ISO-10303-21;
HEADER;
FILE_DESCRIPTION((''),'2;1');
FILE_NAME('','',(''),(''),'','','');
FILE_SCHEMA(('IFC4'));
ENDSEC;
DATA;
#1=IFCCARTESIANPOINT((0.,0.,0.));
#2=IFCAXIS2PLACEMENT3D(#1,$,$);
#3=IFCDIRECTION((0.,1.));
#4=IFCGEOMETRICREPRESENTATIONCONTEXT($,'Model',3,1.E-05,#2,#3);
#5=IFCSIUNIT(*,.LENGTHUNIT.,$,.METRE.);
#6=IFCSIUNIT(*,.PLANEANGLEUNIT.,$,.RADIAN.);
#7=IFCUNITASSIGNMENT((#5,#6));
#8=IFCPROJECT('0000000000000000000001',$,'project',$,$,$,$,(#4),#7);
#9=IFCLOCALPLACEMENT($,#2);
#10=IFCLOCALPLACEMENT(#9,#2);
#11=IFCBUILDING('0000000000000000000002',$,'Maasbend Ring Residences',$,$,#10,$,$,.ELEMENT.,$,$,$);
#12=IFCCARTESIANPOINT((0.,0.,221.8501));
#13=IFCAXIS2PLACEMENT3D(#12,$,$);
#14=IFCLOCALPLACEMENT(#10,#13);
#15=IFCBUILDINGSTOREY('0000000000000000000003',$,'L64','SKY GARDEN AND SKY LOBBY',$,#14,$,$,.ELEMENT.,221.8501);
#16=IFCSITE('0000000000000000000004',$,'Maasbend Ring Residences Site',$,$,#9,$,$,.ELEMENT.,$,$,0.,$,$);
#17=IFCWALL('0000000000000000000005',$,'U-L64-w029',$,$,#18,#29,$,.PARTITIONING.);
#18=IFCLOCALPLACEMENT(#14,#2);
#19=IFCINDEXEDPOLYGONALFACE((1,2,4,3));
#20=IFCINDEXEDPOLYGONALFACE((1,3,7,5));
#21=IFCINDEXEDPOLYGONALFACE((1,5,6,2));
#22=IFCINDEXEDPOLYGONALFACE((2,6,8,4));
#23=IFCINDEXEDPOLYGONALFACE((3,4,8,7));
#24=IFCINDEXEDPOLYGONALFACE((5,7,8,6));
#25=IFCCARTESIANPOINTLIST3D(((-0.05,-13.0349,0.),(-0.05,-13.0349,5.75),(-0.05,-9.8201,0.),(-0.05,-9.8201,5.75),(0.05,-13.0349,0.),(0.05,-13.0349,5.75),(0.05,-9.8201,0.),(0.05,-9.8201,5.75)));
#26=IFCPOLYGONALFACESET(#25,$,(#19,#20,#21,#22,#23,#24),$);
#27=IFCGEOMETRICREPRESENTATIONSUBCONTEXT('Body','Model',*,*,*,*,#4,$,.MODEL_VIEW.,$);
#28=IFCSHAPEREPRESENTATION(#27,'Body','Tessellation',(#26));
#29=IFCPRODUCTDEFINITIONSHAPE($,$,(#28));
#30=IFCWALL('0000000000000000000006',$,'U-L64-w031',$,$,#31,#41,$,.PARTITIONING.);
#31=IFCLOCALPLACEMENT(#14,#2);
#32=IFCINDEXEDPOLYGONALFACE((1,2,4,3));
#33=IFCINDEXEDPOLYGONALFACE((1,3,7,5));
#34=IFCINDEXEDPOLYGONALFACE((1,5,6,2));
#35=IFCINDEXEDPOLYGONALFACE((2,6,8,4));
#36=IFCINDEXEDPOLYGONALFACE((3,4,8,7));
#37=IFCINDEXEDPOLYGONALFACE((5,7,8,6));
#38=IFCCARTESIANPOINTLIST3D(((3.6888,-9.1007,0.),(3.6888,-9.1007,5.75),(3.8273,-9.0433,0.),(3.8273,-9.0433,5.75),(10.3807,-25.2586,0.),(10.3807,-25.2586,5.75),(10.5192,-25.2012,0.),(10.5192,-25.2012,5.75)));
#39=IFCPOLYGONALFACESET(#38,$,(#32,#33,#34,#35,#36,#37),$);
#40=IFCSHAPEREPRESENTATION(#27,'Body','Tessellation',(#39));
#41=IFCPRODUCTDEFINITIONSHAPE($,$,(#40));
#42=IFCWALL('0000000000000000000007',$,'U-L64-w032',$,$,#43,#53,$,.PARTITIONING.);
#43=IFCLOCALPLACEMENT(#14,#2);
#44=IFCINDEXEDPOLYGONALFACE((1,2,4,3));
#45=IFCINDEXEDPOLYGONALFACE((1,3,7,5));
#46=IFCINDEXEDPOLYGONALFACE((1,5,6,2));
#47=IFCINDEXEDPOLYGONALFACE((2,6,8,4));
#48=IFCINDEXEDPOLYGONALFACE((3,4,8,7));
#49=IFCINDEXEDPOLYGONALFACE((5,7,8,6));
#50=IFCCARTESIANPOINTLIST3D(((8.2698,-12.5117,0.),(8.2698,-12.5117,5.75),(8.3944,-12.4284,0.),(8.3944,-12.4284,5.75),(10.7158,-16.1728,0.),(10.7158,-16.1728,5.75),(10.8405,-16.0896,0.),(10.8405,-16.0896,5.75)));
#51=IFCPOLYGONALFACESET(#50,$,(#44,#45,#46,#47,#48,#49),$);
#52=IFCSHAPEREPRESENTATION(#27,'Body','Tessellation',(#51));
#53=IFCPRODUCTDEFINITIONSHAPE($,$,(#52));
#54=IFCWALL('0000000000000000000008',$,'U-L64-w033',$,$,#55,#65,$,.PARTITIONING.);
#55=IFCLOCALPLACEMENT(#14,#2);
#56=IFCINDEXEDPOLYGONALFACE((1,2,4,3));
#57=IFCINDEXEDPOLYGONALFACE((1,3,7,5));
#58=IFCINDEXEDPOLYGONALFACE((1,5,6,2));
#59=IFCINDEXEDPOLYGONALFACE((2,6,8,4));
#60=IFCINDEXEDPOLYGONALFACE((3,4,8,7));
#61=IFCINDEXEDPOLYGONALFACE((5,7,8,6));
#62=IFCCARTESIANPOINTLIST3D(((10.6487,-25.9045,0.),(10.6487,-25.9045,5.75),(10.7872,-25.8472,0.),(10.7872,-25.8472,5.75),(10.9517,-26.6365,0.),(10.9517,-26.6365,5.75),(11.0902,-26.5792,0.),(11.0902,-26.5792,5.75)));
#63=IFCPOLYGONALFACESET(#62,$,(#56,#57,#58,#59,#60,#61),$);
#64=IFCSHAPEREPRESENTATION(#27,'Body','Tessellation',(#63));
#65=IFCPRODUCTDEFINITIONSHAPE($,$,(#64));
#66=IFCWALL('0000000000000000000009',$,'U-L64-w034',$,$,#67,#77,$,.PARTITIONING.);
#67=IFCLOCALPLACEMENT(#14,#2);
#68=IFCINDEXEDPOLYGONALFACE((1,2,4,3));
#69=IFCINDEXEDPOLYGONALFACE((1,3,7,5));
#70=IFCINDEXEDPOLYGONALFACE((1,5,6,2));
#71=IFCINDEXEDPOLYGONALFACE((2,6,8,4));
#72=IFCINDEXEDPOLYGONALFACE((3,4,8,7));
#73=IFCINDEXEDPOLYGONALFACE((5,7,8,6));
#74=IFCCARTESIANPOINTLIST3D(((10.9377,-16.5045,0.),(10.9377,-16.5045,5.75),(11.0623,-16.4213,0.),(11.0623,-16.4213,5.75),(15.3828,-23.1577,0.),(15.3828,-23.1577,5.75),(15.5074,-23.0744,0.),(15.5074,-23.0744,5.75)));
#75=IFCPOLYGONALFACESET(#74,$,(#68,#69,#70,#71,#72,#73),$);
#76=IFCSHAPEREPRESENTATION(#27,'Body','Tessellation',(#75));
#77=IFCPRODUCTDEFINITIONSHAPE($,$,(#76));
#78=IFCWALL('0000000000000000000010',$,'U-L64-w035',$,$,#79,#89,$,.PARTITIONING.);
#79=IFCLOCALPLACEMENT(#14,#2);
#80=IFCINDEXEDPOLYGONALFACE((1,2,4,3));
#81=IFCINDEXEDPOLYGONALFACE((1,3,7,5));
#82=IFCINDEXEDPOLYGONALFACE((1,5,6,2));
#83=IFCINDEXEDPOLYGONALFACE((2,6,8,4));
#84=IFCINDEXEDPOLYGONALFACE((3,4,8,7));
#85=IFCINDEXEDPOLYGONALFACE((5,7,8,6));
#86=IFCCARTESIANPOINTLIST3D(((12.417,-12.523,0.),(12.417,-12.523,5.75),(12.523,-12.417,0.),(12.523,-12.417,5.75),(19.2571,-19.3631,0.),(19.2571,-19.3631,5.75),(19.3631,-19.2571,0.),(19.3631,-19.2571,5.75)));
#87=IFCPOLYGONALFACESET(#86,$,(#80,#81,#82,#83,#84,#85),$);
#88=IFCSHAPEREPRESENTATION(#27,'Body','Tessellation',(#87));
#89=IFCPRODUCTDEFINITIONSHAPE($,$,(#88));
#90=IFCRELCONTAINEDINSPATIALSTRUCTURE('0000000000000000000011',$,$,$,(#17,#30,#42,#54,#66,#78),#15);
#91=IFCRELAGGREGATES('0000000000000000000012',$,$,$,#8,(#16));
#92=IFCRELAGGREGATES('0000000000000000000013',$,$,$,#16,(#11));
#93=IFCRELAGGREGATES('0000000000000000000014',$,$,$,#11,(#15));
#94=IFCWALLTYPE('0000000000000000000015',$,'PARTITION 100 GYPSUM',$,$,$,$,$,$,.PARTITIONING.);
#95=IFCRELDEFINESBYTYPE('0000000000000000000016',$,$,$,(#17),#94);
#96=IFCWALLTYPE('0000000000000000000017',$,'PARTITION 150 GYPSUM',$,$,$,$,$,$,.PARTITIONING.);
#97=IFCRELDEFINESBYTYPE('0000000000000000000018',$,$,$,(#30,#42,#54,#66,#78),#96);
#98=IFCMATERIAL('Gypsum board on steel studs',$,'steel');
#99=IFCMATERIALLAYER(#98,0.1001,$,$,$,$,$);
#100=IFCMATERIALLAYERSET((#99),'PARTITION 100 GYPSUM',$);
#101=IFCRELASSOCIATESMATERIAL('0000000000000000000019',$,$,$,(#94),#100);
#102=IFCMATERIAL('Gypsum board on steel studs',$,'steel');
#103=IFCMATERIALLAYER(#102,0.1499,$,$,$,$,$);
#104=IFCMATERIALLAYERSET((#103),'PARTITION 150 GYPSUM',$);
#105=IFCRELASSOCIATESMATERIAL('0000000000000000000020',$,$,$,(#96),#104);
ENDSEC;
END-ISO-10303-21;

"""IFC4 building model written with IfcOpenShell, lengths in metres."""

from ifc_helpers import new_model, si_unit, direction, frame, frame_2d, origin, place, context, subcontext, project, spatial, rectangle, extrude, material, layer, layer_set, type_object, element, save


model = new_model("IFC4")

# Units and contexts
model_context = context("Model", 3, precision=1e-05, world=origin(), true_north=direction((0.0, 1.0)))
body_context = subcontext(model_context, "Body", "Model", "MODEL_VIEW")
ifc_project = project(units=[si_unit("LENGTHUNIT", "METRE"), si_unit("PLANEANGLEUNIT", "RADIAN")], contexts=[model_context])

# Site, building, storey
site_placement = place(None, origin())
site = spatial("IfcSite", under=ifc_project, at=site_placement, Name="Maasbend Ring Residences Site", CompositionType="ELEMENT", RefElevation=0.0)
building_placement = place(site_placement, origin())
building = spatial("IfcBuilding", under=site, at=building_placement, Name="Maasbend Ring Residences", CompositionType="ELEMENT")
storey_placement = place(building_placement, frame((0.0, 0.0, 221.8501)))
storey = spatial("IfcBuildingStorey", under=building, at=storey_placement, Name="L64", Description="SKY GARDEN AND SKY LOBBY", CompositionType="ELEMENT", Elevation=221.8501)

# Walls
ifc_material_1 = material(Name="Gypsum board on steel studs", Category="steel")
ifc_layer_1 = layer(ifc_material_1, 0.1001)
ifc_layer_set_1 = layer_set([ifc_layer_1], Name="PARTITION 100 GYPSUM")
wall_type_1 = type_object("IfcWallType", Name="PARTITION 100 GYPSUM", PredefinedType="PARTITIONING", material=ifc_layer_set_1)
wall_1_placement = place(storey_placement, frame((0.0, -13.0349, 0.0), z_axis=(0.0, 0.0, 1.0), x_axis=(0.0, 1.0, 0.0)))
element("IfcWall", 1, at=wall_1_placement, inside=storey, type_object=wall_type_1, Name="U-L64-w029", PredefinedType="PARTITIONING", context=body_context, shape_type="SweptSolid", body=[
    extrude(rectangle(XDim=3.2148, YDim=0.1001, at=frame_2d((1.6074, 0.0))), origin(), (0.0, 0.0, 1.0), 5.75),
])
ifc_material_2 = material(Name="Gypsum board on steel studs", Category="steel")
ifc_layer_2 = layer(ifc_material_2, 0.1499)
ifc_layer_set_2 = layer_set([ifc_layer_2], Name="PARTITION 150 GYPSUM")
wall_type_2 = type_object("IfcWallType", Name="PARTITION 150 GYPSUM", PredefinedType="PARTITIONING", material=ifc_layer_set_2)
wall_2_placement = place(storey_placement, frame((3.7581, -9.072, 0.0), z_axis=(0.0, 0.0, 1.0), x_axis=(0.382637, -0.923899, 0.0)))
element("IfcWall", 2, at=wall_2_placement, inside=storey, type_object=wall_type_2, Name="U-L64-w031", PredefinedType="PARTITIONING", context=body_context, shape_type="SweptSolid", body=[
    extrude(rectangle(XDim=17.4888, YDim=0.1499, at=frame_2d((8.7444, 0.0))), origin(), (0.0, 0.0, 1.0), 5.75),
])
wall_3_placement = place(storey_placement, frame((8.332, -12.47, 0.0), z_axis=(0.0, 0.0, 1.0), x_axis=(0.555532, -0.831495, 0.0)))
element("IfcWall", 3, at=wall_3_placement, inside=storey, type_object=wall_type_2, Name="U-L64-w032", PredefinedType="PARTITIONING", context=body_context, shape_type="SweptSolid", body=[
    extrude(rectangle(XDim=4.4031, YDim=0.1499, at=frame_2d((2.2017, 0.0))), origin(), (0.0, 0.0, 1.0), 5.75),
])
wall_4_placement = place(storey_placement, frame((10.718, -25.876, 0.0), z_axis=(0.0, 0.0, 1.0), x_axis=(0.38247, -0.923968, 0.0)))
element("IfcWall", 4, at=wall_4_placement, inside=storey, type_object=wall_type_2, Name="U-L64-w033", PredefinedType="PARTITIONING", context=body_context, shape_type="SweptSolid", body=[
    extrude(rectangle(XDim=0.7922, YDim=0.1499, at=frame_2d((0.396, 0.0))), origin(), (0.0, 0.0, 1.0), 5.75),
])
wall_5_placement = place(storey_placement, frame((11.0, -16.4629, 0.0), z_axis=(0.0, 0.0, 1.0), x_axis=(0.555538, -0.831491, 0.0)))
element("IfcWall", 5, at=wall_5_placement, inside=storey, type_object=wall_type_2, Name="U-L64-w034", PredefinedType="PARTITIONING", context=body_context, shape_type="SweptSolid", body=[
    extrude(rectangle(XDim=8.0015, YDim=0.1499, at=frame_2d((4.0007, 0.0))), origin(), (0.0, 0.0, 1.0), 5.75),
])
wall_6_placement = place(storey_placement, frame((12.47, -12.47, 0.0), z_axis=(0.0, 0.0, 1.0), x_axis=(0.707107, -0.707107, 0.0)))
element("IfcWall", 6, at=wall_6_placement, inside=storey, type_object=wall_type_2, Name="U-L64-w035", PredefinedType="PARTITIONING", context=body_context, shape_type="SweptSolid", body=[
    extrude(rectangle(XDim=9.6733, YDim=0.1499, at=frame_2d((4.8367, 0.0))), origin(), (0.0, 0.0, 1.0), 5.75),
])

save(model, "model.ifc")
